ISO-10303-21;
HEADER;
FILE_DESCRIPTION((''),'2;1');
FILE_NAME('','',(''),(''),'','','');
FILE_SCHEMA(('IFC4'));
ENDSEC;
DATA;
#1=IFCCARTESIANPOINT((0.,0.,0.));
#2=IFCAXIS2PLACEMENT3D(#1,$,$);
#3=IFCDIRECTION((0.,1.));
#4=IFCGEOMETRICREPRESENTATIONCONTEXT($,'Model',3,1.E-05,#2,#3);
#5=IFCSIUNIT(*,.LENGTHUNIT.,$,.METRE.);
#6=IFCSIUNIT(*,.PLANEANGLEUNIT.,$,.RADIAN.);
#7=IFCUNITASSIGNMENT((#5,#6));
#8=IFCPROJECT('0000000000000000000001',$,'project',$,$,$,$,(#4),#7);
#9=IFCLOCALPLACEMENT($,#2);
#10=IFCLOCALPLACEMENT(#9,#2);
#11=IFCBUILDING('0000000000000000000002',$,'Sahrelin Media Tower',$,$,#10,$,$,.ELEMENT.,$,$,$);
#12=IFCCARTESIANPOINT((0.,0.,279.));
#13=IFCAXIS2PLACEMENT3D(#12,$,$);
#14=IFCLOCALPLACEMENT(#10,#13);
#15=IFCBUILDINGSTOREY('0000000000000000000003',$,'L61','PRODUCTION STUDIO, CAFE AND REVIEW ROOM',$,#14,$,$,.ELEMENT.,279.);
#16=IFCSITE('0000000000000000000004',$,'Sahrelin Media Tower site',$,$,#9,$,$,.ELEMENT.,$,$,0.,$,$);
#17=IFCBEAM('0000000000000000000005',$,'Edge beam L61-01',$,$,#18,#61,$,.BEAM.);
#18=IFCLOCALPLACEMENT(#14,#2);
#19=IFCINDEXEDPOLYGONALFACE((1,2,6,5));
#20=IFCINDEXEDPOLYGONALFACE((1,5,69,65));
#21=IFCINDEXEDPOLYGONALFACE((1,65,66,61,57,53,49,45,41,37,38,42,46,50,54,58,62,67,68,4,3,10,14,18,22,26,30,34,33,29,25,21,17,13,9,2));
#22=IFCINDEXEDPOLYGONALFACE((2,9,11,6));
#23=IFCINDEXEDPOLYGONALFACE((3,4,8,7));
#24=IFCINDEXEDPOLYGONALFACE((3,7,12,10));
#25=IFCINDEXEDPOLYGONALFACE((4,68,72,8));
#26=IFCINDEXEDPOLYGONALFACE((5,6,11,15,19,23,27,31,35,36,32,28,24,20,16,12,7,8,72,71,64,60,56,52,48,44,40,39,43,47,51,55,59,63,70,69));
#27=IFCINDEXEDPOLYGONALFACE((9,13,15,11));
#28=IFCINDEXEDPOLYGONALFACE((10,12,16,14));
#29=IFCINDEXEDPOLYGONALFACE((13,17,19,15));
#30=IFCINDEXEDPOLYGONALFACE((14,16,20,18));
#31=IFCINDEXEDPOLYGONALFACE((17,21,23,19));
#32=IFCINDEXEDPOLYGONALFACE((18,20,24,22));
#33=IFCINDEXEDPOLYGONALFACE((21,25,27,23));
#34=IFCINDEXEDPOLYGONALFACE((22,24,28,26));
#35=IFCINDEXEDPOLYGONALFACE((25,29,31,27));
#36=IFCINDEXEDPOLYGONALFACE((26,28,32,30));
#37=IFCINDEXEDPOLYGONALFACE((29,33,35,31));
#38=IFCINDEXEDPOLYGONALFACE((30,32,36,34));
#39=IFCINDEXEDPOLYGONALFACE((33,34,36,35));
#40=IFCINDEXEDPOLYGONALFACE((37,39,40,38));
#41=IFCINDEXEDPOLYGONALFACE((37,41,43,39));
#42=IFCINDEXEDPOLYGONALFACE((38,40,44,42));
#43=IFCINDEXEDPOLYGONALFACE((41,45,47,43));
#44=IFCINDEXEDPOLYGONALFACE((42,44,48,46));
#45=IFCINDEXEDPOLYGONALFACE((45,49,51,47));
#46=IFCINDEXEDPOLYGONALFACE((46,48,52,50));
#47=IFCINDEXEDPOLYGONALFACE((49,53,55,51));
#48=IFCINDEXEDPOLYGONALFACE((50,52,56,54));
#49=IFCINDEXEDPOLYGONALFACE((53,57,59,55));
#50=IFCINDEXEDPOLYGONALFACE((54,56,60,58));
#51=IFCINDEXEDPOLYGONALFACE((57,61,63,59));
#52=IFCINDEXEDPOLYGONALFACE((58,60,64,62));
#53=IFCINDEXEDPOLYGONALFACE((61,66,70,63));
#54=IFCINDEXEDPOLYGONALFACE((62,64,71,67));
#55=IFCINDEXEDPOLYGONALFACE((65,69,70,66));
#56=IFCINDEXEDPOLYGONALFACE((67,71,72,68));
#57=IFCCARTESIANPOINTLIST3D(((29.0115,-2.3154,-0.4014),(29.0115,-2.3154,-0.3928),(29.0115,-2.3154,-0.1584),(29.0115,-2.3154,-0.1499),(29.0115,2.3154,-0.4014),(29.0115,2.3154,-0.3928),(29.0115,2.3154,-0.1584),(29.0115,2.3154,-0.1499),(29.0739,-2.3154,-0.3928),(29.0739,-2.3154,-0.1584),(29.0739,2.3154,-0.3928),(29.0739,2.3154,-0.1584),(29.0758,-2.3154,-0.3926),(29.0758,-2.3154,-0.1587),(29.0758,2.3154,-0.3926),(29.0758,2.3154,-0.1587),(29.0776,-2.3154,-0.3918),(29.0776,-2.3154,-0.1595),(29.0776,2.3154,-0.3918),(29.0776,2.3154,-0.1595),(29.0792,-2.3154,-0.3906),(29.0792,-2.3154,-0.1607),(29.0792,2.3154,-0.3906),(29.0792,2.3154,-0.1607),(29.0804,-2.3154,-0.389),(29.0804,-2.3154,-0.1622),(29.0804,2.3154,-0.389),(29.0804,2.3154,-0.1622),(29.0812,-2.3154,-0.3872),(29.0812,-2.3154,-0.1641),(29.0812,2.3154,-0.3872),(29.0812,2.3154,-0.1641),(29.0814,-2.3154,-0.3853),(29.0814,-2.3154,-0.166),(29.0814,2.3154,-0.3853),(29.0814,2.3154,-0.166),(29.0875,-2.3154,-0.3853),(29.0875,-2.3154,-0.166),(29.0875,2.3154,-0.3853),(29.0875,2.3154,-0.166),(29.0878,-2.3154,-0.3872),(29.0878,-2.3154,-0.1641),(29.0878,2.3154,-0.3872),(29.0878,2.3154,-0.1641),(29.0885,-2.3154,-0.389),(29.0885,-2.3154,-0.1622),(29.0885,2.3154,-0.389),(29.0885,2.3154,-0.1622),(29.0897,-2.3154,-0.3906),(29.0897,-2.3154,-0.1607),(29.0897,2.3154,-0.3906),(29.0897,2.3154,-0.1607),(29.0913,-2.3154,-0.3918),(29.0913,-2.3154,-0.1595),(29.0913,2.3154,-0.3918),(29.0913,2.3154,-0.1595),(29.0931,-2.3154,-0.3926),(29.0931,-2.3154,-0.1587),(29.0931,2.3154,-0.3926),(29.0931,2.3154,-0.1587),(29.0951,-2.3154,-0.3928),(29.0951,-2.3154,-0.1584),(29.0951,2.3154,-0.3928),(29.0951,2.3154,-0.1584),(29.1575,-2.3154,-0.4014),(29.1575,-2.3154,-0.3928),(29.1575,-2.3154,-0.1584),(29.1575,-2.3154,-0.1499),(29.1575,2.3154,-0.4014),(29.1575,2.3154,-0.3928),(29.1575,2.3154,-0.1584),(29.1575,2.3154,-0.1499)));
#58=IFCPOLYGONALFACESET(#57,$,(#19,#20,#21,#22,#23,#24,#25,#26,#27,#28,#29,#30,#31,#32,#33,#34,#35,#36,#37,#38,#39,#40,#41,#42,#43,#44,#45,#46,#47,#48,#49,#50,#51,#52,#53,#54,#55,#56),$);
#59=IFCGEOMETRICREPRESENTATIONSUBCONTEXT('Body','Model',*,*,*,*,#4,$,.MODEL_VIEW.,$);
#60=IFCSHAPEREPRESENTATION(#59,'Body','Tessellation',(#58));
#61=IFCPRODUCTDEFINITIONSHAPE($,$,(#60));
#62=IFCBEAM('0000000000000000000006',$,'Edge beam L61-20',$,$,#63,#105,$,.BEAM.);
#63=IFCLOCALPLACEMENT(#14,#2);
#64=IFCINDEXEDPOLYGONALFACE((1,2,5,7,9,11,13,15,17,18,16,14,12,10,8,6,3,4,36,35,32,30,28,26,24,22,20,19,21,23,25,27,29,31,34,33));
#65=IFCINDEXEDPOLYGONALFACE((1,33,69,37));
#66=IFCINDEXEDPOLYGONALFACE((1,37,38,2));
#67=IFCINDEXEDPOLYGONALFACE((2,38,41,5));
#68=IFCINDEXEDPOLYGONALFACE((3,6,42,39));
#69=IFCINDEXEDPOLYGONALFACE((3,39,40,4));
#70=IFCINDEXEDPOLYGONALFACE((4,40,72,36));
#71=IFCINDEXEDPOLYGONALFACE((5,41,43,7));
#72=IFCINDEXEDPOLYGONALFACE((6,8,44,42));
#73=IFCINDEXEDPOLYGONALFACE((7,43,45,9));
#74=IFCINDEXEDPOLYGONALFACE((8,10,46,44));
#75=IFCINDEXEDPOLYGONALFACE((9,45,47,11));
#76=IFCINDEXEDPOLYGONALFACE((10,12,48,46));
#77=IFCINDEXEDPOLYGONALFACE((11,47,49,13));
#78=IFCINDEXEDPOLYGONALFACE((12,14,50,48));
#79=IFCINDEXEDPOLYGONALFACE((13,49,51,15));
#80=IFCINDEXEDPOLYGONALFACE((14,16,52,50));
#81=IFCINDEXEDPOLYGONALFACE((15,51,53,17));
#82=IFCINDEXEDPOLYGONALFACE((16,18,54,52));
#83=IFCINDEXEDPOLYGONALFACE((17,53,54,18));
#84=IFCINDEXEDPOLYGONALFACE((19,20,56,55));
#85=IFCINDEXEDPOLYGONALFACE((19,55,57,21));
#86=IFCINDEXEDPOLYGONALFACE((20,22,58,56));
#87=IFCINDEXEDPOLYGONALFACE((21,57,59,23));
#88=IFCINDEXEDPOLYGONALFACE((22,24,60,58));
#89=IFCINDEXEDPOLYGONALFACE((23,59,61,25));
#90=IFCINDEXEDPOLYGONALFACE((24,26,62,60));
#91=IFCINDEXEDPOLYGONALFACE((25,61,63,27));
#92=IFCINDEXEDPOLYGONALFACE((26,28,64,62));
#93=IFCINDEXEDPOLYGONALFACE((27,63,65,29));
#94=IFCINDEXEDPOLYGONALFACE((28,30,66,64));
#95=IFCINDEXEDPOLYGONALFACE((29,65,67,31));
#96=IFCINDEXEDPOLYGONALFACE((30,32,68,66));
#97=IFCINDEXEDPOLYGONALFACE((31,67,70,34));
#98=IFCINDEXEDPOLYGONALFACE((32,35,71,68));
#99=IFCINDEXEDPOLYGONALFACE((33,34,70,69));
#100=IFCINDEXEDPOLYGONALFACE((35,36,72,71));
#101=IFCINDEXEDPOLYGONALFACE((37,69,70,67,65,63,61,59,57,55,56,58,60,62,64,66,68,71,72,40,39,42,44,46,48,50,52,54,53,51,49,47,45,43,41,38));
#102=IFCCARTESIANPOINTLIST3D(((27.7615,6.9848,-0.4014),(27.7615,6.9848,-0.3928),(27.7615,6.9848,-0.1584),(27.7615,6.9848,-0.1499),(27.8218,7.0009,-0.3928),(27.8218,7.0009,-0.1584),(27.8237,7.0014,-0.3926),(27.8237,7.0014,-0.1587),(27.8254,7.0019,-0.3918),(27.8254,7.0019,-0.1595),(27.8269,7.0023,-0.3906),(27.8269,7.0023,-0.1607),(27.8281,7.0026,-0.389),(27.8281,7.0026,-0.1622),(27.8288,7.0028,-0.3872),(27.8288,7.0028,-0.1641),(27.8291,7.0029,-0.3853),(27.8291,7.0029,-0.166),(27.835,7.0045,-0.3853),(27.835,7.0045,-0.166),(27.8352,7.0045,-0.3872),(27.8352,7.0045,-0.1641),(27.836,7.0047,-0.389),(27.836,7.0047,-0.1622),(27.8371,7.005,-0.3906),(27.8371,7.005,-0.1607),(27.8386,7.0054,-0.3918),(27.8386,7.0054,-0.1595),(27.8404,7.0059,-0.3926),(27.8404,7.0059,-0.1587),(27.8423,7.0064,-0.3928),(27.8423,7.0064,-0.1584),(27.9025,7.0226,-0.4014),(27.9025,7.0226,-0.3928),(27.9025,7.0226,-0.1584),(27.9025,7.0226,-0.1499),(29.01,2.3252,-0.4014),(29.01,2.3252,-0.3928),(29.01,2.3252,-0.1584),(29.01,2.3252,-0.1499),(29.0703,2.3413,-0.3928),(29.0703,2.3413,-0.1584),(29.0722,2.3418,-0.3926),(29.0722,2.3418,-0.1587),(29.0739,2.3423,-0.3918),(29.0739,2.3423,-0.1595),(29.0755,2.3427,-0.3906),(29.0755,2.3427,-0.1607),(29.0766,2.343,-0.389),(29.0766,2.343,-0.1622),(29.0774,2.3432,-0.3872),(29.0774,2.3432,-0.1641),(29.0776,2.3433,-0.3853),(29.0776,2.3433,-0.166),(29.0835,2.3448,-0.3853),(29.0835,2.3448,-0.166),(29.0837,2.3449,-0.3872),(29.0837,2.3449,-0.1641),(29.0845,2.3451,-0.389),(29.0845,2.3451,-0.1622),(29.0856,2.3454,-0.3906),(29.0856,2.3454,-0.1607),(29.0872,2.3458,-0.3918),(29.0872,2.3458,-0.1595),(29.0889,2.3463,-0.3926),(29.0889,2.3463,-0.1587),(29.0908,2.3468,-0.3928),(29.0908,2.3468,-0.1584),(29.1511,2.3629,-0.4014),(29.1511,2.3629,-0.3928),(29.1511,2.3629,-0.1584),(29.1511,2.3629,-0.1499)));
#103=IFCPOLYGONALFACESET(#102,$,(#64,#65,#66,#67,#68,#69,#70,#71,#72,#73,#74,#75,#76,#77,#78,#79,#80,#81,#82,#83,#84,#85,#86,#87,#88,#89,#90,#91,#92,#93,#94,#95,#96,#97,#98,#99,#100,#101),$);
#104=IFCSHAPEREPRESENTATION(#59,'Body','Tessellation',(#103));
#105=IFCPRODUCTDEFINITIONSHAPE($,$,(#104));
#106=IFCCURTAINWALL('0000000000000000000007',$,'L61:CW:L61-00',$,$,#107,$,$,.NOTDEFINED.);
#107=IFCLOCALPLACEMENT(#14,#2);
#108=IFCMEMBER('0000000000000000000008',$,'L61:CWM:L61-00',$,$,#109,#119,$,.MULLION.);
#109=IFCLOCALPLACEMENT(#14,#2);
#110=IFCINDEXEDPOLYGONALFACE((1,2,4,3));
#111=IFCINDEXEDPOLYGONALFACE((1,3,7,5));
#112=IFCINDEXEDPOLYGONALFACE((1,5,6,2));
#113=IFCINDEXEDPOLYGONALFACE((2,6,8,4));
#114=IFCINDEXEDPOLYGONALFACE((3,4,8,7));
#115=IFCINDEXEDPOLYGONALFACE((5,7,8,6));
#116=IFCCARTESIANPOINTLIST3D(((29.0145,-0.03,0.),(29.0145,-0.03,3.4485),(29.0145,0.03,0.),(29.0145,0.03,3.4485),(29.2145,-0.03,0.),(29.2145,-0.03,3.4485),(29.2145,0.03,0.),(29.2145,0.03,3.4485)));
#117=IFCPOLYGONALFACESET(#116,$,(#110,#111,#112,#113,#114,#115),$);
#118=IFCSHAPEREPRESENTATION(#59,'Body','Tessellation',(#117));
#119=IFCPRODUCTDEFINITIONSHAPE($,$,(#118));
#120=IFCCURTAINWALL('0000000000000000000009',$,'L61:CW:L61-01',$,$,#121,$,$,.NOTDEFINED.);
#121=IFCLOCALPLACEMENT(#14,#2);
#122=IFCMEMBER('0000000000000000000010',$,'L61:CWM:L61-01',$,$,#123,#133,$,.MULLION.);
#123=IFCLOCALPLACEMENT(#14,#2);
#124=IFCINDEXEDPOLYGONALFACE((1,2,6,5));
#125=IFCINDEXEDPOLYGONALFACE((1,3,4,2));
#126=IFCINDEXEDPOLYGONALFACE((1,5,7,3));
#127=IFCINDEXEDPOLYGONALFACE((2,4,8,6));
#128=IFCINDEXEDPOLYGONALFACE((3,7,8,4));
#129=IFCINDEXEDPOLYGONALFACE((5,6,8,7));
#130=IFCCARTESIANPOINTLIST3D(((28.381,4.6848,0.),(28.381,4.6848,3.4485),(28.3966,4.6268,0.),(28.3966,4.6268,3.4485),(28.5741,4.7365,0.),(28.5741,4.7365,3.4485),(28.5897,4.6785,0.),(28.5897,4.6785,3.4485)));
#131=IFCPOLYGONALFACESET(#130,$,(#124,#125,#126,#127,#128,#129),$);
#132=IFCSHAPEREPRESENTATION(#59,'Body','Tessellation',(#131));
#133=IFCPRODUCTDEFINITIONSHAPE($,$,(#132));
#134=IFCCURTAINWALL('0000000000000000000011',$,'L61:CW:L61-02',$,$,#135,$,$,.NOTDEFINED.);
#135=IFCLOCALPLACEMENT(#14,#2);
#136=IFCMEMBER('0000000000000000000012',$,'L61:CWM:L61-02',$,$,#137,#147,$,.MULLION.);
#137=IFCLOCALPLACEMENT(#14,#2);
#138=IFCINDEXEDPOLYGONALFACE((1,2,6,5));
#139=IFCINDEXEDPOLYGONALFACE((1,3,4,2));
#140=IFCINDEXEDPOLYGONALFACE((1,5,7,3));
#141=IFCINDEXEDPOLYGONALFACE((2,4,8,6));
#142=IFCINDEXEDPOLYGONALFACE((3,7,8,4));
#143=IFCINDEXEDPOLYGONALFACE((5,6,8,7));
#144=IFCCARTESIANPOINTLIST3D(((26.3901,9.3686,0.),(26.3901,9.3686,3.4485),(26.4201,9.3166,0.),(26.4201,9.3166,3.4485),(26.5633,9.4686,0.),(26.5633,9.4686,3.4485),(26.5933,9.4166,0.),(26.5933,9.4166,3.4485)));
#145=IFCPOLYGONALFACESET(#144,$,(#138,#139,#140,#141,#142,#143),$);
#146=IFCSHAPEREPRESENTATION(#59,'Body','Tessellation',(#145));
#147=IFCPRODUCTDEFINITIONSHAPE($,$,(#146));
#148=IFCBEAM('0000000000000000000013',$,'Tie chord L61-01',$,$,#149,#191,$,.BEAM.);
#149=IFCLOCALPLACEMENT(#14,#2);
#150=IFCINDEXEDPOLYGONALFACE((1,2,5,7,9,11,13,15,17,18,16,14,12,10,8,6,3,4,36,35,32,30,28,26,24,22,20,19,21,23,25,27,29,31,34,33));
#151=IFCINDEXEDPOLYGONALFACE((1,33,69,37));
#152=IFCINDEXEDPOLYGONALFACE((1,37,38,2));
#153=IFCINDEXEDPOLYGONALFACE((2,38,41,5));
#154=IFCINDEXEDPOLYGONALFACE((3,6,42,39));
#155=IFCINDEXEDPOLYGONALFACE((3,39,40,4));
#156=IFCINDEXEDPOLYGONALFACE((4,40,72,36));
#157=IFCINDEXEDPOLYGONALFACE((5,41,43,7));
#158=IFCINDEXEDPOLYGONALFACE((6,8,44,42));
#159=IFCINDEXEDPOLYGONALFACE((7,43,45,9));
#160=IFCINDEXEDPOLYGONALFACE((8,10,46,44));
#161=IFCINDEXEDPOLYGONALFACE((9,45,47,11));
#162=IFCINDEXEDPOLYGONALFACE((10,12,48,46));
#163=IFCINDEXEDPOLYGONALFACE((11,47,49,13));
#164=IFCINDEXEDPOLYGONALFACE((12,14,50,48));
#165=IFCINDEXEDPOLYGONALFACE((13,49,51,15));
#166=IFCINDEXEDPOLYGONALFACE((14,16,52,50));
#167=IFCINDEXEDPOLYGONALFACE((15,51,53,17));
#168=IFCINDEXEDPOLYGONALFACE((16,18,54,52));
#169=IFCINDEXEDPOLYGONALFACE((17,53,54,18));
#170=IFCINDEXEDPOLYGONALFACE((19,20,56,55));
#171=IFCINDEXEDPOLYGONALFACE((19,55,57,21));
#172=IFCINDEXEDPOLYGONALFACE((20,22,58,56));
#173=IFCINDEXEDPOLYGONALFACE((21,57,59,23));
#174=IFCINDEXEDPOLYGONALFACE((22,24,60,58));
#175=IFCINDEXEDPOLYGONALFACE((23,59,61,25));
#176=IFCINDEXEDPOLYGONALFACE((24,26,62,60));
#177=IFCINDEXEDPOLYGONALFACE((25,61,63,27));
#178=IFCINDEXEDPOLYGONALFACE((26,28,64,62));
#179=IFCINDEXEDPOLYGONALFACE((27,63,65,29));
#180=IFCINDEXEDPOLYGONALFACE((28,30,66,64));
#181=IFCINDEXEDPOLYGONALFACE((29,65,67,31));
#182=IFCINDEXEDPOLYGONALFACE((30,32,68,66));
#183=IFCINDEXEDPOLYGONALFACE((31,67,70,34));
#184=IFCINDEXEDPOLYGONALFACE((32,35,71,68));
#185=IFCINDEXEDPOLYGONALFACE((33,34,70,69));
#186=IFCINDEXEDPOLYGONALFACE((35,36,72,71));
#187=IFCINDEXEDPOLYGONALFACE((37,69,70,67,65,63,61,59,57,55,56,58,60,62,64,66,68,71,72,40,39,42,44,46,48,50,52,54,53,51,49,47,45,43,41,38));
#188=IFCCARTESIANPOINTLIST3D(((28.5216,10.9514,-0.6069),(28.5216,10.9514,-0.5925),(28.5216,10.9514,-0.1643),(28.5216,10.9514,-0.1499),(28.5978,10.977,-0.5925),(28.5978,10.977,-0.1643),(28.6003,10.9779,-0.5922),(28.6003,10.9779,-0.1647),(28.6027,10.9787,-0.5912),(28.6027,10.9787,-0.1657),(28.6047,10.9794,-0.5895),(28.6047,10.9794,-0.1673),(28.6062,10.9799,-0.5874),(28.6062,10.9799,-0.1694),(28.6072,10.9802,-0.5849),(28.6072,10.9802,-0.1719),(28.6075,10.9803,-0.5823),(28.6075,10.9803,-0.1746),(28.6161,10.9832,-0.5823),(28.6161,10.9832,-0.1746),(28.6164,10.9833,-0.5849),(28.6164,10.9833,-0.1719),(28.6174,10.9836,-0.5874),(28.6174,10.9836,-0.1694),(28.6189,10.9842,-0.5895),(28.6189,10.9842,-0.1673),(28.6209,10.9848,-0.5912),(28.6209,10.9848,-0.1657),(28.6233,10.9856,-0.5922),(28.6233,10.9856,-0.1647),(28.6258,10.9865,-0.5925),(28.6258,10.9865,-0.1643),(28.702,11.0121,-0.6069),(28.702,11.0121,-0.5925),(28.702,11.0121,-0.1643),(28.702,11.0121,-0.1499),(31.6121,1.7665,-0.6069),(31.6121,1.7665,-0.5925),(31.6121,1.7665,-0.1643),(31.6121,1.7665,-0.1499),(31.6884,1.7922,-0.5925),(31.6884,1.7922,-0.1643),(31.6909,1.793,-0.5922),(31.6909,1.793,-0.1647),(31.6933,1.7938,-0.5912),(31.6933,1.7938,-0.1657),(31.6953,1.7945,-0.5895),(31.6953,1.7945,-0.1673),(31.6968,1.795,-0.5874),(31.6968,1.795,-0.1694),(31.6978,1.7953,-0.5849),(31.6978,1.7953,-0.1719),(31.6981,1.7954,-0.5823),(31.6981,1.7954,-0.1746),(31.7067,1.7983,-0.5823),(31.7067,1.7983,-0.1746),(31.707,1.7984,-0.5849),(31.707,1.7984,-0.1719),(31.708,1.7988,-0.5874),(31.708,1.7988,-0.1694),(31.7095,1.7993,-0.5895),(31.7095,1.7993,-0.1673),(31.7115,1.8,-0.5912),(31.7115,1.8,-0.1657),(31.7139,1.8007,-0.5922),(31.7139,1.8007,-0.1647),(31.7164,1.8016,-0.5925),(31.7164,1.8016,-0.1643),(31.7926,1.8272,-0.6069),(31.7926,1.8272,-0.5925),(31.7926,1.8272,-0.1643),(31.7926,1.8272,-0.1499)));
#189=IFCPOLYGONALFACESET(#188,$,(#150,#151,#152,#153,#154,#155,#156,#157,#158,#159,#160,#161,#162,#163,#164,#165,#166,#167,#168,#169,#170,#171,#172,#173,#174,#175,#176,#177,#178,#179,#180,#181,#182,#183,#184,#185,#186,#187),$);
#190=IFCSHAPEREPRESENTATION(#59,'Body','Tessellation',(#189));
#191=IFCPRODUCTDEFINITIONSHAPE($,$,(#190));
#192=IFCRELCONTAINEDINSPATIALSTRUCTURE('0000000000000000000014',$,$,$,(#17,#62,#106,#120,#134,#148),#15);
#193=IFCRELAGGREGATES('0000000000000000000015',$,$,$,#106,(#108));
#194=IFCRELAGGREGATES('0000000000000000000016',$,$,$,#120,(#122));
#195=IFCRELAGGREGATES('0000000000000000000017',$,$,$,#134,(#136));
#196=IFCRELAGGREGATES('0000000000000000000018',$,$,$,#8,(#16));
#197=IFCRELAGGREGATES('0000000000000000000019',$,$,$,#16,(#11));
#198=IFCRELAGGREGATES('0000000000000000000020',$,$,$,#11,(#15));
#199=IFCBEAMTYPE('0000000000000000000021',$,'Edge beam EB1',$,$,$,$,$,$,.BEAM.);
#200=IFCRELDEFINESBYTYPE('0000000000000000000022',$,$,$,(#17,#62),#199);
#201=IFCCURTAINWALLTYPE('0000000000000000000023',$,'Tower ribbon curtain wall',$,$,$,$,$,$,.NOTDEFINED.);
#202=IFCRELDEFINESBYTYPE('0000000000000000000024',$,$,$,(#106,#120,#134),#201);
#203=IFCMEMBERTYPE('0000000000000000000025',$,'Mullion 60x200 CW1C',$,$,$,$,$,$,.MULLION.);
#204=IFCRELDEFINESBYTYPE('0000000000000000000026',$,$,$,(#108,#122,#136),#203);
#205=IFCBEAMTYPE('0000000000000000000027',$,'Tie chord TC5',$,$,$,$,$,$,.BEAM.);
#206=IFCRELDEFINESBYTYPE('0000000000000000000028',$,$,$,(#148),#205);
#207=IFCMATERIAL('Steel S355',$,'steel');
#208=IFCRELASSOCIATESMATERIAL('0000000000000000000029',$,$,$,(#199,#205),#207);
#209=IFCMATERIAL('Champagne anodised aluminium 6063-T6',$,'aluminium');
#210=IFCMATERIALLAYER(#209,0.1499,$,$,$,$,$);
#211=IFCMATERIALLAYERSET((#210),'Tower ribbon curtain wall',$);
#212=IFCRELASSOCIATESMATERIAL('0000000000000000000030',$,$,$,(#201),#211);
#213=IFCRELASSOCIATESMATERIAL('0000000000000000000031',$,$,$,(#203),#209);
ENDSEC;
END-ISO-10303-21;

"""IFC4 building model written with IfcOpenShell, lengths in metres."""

from ifc_helpers import new_model, si_unit, direction, frame, origin, origin_2d, place, context, subcontext, project, spatial, rectangle, i_section, extrude, material, layer, layer_set, material_profile, profile_set, type_object, element, aggregate, save


model = new_model("IFC4")

# Units and contexts
model_context = context("Model", 3, precision=1e-05, world=origin(), true_north=direction((0.0, 1.0)))
body_context = subcontext(model_context, "Body", "Model", "MODEL_VIEW")
ifc_project = project(units=[si_unit("LENGTHUNIT", "METRE"), si_unit("PLANEANGLEUNIT", "RADIAN")], contexts=[model_context])

# Site, building, storey
site_placement = place(None, origin())
site = spatial("IfcSite", under=ifc_project, at=site_placement, Name="Sahrelin Media Tower site", CompositionType="ELEMENT", RefElevation=0.0)
building_placement = place(site_placement, origin())
building = spatial("IfcBuilding", under=site, at=building_placement, Name="Sahrelin Media Tower", CompositionType="ELEMENT")
storey_placement = place(building_placement, frame((0.0, 0.0, 279.0)))
storey = spatial("IfcBuildingStorey", under=building, at=storey_placement, Name="L61", Description="PRODUCTION STUDIO, CAFE AND REVIEW ROOM", CompositionType="ELEMENT", Elevation=279.0)

# Beams
ifc_material_1 = material(Name="Steel S355", Category="steel")
ifc_material_profile_1 = material_profile(ifc_material_1, i_section(OverallWidth=0.146, OverallDepth=0.2515, WebThickness=0.0061, FlangeThickness=0.0085, FilletRadius=0.0076, at=origin_2d()), Name="UB 254x146x31")
ifc_profile_set_1 = profile_set([ifc_material_profile_1], Name="Steel S355")
beam_type_1 = type_object("IfcBeamType", Name="Edge beam EB1", PredefinedType="BEAM", material=ifc_profile_set_1)
beam_1_placement = place(storey_placement, frame((29.0845, 2.3154, -0.2756), z_axis=(0.0, -1.0, 0.0), x_axis=(1.0, 0.0, 0.0)))
element("IfcBeam", 1, at=beam_1_placement, inside=storey, type_object=beam_type_1, Name="Edge beam L61-01", PredefinedType="BEAM", context=body_context, shape_type="SweptSolid", body=[
    extrude(i_section(OverallWidth=0.146, OverallDepth=0.2515, WebThickness=0.0061, FlangeThickness=0.0085, FilletRadius=0.0076, at=origin_2d()), origin(), (0.0, 0.0, 1.0), 4.6309),
])
beam_2_placement = place(storey_placement, frame((27.832, 7.0037, -0.2756), z_axis=(0.258815, -0.965927, 0.0), x_axis=(0.965927, 0.258815, 0.0)))
element("IfcBeam", 2, at=beam_2_placement, inside=storey, type_object=beam_type_1, Name="Edge beam L61-20", PredefinedType="BEAM", context=body_context, shape_type="SweptSolid", body=[
    extrude(i_section(OverallWidth=0.146, OverallDepth=0.2515, WebThickness=0.0061, FlangeThickness=0.0085, FilletRadius=0.0076, at=origin_2d()), origin(), (0.0, 0.0, 1.0), 4.824),
])

# Curtain walls, members
ifc_material_2 = material(Name="Champagne anodised aluminium 6063-T6", Category="aluminium")
ifc_layer_1 = layer(ifc_material_2, 0.1499)
ifc_layer_set_1 = layer_set([ifc_layer_1], Name="Tower ribbon curtain wall")
curtain_wall_type = type_object("IfcCurtainWallType", Name="Tower ribbon curtain wall", PredefinedType="NOTDEFINED", material=ifc_layer_set_1)
curtain_wall_1_placement = place(storey_placement, frame((29.2344, 0.0, 0.0), z_axis=(0.0, 0.0, 1.0), x_axis=(1.0, 0.0, 0.0)))
curtain_wall_1 = element("IfcCurtainWall", 3, at=curtain_wall_1_placement, inside=storey, type_object=curtain_wall_type, Name="L61:CW:L61-00", PredefinedType="NOTDEFINED")
ifc_material_profile_2 = material_profile(ifc_material_2, rectangle(XDim=0.0601, YDim=0.2, at=origin_2d()), Name="Mullion 60x200")
ifc_profile_set_2 = profile_set([ifc_material_profile_2], Name="Champagne anodised aluminium 6063-T6")
member_type_1 = type_object("IfcMemberType", Name="Mullion 60x200 CW1C", PredefinedType="MULLION", material=ifc_profile_set_2)
member_1_placement = place(storey_placement, frame((29.1145, 0.0, 0.0), z_axis=(0.0, 0.0, 1.0), x_axis=(0.0, 1.0, 0.0)))
member_1 = element("IfcMember", 4, at=member_1_placement, type_object=member_type_1, Name="L61:CWM:L61-00", PredefinedType="MULLION", context=body_context, shape_type="SweptSolid", body=[
    extrude(rectangle(XDim=0.0601, YDim=0.2, at=origin_2d()), origin(), (0.0, 0.0, 1.0), 3.4485),
])
aggregate(curtain_wall_1, [member_1])
curtain_wall_2_placement = place(storey_placement, frame((28.6013, 4.7126, 0.0), z_axis=(0.0, 0.0, 1.0), x_axis=(1.0, 0.0, 0.0)))
curtain_wall_2 = element("IfcCurtainWall", 5, at=curtain_wall_2_placement, inside=storey, type_object=curtain_wall_type, Name="L61:CW:L61-01", PredefinedType="NOTDEFINED")
member_2_placement = place(storey_placement, frame((28.4854, 4.6816, 0.0), z_axis=(0.0, 0.0, 1.0), x_axis=(-0.258829, 0.965923, 0.0)))
member_2 = element("IfcMember", 6, at=member_2_placement, type_object=member_type_1, Name="L61:CWM:L61-01", PredefinedType="MULLION", context=body_context, shape_type="SweptSolid", body=[
    extrude(rectangle(XDim=0.0601, YDim=0.2, at=origin_2d()), origin(), (0.0, 0.0, 1.0), 3.4485),
])
curtain_wall_3_placement = place(storey_placement, frame((26.5957, 9.4524, 0.0), z_axis=(0.0, 0.0, 1.0), x_axis=(1.0, 0.0, 0.0)))
curtain_wall_3 = element("IfcCurtainWall", 7, at=curtain_wall_3_placement, inside=storey, type_object=curtain_wall_type, Name="L61:CW:L61-02", PredefinedType="NOTDEFINED")
member_3_placement = place(storey_placement, frame((26.4917, 9.3926, 0.0), z_axis=(0.0, 0.0, 1.0), x_axis=(-0.499997, 0.866027, 0.0)))
member_3 = element("IfcMember", 8, at=member_3_placement, type_object=member_type_1, Name="L61:CWM:L61-02", PredefinedType="MULLION", context=body_context, shape_type="SweptSolid", body=[
    extrude(rectangle(XDim=0.0601, YDim=0.2, at=origin_2d()), origin(), (0.0, 0.0, 1.0), 3.4485),
])

# Beam
ifc_material_profile_3 = material_profile(ifc_material_1, i_section(OverallWidth=0.1904, OverallDepth=0.457, WebThickness=0.009, FlangeThickness=0.0144, FilletRadius=0.0103, at=origin_2d()), Name="UB 457x191x74")
ifc_profile_set_3 = profile_set([ifc_material_profile_3], Name="Steel S355")
beam_type_2 = type_object("IfcBeamType", Name="Tie chord TC5", PredefinedType="BEAM", material=ifc_profile_set_3)
beam_3_placement = place(storey_placement, frame((31.7024, 1.7969, -0.3784), z_axis=(-0.318917, 0.947783, 0.0), x_axis=(-0.947783, -0.318917, 0.0)))
element("IfcBeam", 9, at=beam_3_placement, inside=storey, type_object=beam_type_2, Name="Tie chord L61-01", PredefinedType="BEAM", context=body_context, shape_type="SweptSolid", body=[
    extrude(i_section(OverallWidth=0.1904, OverallDepth=0.457, WebThickness=0.009, FlangeThickness=0.0144, FilletRadius=0.0103, at=origin_2d()), origin(), (0.0, 0.0, 1.0), 9.6909),
])

aggregate(curtain_wall_2, [member_2])
aggregate(curtain_wall_3, [member_3])

save(model, "model.ifc")
